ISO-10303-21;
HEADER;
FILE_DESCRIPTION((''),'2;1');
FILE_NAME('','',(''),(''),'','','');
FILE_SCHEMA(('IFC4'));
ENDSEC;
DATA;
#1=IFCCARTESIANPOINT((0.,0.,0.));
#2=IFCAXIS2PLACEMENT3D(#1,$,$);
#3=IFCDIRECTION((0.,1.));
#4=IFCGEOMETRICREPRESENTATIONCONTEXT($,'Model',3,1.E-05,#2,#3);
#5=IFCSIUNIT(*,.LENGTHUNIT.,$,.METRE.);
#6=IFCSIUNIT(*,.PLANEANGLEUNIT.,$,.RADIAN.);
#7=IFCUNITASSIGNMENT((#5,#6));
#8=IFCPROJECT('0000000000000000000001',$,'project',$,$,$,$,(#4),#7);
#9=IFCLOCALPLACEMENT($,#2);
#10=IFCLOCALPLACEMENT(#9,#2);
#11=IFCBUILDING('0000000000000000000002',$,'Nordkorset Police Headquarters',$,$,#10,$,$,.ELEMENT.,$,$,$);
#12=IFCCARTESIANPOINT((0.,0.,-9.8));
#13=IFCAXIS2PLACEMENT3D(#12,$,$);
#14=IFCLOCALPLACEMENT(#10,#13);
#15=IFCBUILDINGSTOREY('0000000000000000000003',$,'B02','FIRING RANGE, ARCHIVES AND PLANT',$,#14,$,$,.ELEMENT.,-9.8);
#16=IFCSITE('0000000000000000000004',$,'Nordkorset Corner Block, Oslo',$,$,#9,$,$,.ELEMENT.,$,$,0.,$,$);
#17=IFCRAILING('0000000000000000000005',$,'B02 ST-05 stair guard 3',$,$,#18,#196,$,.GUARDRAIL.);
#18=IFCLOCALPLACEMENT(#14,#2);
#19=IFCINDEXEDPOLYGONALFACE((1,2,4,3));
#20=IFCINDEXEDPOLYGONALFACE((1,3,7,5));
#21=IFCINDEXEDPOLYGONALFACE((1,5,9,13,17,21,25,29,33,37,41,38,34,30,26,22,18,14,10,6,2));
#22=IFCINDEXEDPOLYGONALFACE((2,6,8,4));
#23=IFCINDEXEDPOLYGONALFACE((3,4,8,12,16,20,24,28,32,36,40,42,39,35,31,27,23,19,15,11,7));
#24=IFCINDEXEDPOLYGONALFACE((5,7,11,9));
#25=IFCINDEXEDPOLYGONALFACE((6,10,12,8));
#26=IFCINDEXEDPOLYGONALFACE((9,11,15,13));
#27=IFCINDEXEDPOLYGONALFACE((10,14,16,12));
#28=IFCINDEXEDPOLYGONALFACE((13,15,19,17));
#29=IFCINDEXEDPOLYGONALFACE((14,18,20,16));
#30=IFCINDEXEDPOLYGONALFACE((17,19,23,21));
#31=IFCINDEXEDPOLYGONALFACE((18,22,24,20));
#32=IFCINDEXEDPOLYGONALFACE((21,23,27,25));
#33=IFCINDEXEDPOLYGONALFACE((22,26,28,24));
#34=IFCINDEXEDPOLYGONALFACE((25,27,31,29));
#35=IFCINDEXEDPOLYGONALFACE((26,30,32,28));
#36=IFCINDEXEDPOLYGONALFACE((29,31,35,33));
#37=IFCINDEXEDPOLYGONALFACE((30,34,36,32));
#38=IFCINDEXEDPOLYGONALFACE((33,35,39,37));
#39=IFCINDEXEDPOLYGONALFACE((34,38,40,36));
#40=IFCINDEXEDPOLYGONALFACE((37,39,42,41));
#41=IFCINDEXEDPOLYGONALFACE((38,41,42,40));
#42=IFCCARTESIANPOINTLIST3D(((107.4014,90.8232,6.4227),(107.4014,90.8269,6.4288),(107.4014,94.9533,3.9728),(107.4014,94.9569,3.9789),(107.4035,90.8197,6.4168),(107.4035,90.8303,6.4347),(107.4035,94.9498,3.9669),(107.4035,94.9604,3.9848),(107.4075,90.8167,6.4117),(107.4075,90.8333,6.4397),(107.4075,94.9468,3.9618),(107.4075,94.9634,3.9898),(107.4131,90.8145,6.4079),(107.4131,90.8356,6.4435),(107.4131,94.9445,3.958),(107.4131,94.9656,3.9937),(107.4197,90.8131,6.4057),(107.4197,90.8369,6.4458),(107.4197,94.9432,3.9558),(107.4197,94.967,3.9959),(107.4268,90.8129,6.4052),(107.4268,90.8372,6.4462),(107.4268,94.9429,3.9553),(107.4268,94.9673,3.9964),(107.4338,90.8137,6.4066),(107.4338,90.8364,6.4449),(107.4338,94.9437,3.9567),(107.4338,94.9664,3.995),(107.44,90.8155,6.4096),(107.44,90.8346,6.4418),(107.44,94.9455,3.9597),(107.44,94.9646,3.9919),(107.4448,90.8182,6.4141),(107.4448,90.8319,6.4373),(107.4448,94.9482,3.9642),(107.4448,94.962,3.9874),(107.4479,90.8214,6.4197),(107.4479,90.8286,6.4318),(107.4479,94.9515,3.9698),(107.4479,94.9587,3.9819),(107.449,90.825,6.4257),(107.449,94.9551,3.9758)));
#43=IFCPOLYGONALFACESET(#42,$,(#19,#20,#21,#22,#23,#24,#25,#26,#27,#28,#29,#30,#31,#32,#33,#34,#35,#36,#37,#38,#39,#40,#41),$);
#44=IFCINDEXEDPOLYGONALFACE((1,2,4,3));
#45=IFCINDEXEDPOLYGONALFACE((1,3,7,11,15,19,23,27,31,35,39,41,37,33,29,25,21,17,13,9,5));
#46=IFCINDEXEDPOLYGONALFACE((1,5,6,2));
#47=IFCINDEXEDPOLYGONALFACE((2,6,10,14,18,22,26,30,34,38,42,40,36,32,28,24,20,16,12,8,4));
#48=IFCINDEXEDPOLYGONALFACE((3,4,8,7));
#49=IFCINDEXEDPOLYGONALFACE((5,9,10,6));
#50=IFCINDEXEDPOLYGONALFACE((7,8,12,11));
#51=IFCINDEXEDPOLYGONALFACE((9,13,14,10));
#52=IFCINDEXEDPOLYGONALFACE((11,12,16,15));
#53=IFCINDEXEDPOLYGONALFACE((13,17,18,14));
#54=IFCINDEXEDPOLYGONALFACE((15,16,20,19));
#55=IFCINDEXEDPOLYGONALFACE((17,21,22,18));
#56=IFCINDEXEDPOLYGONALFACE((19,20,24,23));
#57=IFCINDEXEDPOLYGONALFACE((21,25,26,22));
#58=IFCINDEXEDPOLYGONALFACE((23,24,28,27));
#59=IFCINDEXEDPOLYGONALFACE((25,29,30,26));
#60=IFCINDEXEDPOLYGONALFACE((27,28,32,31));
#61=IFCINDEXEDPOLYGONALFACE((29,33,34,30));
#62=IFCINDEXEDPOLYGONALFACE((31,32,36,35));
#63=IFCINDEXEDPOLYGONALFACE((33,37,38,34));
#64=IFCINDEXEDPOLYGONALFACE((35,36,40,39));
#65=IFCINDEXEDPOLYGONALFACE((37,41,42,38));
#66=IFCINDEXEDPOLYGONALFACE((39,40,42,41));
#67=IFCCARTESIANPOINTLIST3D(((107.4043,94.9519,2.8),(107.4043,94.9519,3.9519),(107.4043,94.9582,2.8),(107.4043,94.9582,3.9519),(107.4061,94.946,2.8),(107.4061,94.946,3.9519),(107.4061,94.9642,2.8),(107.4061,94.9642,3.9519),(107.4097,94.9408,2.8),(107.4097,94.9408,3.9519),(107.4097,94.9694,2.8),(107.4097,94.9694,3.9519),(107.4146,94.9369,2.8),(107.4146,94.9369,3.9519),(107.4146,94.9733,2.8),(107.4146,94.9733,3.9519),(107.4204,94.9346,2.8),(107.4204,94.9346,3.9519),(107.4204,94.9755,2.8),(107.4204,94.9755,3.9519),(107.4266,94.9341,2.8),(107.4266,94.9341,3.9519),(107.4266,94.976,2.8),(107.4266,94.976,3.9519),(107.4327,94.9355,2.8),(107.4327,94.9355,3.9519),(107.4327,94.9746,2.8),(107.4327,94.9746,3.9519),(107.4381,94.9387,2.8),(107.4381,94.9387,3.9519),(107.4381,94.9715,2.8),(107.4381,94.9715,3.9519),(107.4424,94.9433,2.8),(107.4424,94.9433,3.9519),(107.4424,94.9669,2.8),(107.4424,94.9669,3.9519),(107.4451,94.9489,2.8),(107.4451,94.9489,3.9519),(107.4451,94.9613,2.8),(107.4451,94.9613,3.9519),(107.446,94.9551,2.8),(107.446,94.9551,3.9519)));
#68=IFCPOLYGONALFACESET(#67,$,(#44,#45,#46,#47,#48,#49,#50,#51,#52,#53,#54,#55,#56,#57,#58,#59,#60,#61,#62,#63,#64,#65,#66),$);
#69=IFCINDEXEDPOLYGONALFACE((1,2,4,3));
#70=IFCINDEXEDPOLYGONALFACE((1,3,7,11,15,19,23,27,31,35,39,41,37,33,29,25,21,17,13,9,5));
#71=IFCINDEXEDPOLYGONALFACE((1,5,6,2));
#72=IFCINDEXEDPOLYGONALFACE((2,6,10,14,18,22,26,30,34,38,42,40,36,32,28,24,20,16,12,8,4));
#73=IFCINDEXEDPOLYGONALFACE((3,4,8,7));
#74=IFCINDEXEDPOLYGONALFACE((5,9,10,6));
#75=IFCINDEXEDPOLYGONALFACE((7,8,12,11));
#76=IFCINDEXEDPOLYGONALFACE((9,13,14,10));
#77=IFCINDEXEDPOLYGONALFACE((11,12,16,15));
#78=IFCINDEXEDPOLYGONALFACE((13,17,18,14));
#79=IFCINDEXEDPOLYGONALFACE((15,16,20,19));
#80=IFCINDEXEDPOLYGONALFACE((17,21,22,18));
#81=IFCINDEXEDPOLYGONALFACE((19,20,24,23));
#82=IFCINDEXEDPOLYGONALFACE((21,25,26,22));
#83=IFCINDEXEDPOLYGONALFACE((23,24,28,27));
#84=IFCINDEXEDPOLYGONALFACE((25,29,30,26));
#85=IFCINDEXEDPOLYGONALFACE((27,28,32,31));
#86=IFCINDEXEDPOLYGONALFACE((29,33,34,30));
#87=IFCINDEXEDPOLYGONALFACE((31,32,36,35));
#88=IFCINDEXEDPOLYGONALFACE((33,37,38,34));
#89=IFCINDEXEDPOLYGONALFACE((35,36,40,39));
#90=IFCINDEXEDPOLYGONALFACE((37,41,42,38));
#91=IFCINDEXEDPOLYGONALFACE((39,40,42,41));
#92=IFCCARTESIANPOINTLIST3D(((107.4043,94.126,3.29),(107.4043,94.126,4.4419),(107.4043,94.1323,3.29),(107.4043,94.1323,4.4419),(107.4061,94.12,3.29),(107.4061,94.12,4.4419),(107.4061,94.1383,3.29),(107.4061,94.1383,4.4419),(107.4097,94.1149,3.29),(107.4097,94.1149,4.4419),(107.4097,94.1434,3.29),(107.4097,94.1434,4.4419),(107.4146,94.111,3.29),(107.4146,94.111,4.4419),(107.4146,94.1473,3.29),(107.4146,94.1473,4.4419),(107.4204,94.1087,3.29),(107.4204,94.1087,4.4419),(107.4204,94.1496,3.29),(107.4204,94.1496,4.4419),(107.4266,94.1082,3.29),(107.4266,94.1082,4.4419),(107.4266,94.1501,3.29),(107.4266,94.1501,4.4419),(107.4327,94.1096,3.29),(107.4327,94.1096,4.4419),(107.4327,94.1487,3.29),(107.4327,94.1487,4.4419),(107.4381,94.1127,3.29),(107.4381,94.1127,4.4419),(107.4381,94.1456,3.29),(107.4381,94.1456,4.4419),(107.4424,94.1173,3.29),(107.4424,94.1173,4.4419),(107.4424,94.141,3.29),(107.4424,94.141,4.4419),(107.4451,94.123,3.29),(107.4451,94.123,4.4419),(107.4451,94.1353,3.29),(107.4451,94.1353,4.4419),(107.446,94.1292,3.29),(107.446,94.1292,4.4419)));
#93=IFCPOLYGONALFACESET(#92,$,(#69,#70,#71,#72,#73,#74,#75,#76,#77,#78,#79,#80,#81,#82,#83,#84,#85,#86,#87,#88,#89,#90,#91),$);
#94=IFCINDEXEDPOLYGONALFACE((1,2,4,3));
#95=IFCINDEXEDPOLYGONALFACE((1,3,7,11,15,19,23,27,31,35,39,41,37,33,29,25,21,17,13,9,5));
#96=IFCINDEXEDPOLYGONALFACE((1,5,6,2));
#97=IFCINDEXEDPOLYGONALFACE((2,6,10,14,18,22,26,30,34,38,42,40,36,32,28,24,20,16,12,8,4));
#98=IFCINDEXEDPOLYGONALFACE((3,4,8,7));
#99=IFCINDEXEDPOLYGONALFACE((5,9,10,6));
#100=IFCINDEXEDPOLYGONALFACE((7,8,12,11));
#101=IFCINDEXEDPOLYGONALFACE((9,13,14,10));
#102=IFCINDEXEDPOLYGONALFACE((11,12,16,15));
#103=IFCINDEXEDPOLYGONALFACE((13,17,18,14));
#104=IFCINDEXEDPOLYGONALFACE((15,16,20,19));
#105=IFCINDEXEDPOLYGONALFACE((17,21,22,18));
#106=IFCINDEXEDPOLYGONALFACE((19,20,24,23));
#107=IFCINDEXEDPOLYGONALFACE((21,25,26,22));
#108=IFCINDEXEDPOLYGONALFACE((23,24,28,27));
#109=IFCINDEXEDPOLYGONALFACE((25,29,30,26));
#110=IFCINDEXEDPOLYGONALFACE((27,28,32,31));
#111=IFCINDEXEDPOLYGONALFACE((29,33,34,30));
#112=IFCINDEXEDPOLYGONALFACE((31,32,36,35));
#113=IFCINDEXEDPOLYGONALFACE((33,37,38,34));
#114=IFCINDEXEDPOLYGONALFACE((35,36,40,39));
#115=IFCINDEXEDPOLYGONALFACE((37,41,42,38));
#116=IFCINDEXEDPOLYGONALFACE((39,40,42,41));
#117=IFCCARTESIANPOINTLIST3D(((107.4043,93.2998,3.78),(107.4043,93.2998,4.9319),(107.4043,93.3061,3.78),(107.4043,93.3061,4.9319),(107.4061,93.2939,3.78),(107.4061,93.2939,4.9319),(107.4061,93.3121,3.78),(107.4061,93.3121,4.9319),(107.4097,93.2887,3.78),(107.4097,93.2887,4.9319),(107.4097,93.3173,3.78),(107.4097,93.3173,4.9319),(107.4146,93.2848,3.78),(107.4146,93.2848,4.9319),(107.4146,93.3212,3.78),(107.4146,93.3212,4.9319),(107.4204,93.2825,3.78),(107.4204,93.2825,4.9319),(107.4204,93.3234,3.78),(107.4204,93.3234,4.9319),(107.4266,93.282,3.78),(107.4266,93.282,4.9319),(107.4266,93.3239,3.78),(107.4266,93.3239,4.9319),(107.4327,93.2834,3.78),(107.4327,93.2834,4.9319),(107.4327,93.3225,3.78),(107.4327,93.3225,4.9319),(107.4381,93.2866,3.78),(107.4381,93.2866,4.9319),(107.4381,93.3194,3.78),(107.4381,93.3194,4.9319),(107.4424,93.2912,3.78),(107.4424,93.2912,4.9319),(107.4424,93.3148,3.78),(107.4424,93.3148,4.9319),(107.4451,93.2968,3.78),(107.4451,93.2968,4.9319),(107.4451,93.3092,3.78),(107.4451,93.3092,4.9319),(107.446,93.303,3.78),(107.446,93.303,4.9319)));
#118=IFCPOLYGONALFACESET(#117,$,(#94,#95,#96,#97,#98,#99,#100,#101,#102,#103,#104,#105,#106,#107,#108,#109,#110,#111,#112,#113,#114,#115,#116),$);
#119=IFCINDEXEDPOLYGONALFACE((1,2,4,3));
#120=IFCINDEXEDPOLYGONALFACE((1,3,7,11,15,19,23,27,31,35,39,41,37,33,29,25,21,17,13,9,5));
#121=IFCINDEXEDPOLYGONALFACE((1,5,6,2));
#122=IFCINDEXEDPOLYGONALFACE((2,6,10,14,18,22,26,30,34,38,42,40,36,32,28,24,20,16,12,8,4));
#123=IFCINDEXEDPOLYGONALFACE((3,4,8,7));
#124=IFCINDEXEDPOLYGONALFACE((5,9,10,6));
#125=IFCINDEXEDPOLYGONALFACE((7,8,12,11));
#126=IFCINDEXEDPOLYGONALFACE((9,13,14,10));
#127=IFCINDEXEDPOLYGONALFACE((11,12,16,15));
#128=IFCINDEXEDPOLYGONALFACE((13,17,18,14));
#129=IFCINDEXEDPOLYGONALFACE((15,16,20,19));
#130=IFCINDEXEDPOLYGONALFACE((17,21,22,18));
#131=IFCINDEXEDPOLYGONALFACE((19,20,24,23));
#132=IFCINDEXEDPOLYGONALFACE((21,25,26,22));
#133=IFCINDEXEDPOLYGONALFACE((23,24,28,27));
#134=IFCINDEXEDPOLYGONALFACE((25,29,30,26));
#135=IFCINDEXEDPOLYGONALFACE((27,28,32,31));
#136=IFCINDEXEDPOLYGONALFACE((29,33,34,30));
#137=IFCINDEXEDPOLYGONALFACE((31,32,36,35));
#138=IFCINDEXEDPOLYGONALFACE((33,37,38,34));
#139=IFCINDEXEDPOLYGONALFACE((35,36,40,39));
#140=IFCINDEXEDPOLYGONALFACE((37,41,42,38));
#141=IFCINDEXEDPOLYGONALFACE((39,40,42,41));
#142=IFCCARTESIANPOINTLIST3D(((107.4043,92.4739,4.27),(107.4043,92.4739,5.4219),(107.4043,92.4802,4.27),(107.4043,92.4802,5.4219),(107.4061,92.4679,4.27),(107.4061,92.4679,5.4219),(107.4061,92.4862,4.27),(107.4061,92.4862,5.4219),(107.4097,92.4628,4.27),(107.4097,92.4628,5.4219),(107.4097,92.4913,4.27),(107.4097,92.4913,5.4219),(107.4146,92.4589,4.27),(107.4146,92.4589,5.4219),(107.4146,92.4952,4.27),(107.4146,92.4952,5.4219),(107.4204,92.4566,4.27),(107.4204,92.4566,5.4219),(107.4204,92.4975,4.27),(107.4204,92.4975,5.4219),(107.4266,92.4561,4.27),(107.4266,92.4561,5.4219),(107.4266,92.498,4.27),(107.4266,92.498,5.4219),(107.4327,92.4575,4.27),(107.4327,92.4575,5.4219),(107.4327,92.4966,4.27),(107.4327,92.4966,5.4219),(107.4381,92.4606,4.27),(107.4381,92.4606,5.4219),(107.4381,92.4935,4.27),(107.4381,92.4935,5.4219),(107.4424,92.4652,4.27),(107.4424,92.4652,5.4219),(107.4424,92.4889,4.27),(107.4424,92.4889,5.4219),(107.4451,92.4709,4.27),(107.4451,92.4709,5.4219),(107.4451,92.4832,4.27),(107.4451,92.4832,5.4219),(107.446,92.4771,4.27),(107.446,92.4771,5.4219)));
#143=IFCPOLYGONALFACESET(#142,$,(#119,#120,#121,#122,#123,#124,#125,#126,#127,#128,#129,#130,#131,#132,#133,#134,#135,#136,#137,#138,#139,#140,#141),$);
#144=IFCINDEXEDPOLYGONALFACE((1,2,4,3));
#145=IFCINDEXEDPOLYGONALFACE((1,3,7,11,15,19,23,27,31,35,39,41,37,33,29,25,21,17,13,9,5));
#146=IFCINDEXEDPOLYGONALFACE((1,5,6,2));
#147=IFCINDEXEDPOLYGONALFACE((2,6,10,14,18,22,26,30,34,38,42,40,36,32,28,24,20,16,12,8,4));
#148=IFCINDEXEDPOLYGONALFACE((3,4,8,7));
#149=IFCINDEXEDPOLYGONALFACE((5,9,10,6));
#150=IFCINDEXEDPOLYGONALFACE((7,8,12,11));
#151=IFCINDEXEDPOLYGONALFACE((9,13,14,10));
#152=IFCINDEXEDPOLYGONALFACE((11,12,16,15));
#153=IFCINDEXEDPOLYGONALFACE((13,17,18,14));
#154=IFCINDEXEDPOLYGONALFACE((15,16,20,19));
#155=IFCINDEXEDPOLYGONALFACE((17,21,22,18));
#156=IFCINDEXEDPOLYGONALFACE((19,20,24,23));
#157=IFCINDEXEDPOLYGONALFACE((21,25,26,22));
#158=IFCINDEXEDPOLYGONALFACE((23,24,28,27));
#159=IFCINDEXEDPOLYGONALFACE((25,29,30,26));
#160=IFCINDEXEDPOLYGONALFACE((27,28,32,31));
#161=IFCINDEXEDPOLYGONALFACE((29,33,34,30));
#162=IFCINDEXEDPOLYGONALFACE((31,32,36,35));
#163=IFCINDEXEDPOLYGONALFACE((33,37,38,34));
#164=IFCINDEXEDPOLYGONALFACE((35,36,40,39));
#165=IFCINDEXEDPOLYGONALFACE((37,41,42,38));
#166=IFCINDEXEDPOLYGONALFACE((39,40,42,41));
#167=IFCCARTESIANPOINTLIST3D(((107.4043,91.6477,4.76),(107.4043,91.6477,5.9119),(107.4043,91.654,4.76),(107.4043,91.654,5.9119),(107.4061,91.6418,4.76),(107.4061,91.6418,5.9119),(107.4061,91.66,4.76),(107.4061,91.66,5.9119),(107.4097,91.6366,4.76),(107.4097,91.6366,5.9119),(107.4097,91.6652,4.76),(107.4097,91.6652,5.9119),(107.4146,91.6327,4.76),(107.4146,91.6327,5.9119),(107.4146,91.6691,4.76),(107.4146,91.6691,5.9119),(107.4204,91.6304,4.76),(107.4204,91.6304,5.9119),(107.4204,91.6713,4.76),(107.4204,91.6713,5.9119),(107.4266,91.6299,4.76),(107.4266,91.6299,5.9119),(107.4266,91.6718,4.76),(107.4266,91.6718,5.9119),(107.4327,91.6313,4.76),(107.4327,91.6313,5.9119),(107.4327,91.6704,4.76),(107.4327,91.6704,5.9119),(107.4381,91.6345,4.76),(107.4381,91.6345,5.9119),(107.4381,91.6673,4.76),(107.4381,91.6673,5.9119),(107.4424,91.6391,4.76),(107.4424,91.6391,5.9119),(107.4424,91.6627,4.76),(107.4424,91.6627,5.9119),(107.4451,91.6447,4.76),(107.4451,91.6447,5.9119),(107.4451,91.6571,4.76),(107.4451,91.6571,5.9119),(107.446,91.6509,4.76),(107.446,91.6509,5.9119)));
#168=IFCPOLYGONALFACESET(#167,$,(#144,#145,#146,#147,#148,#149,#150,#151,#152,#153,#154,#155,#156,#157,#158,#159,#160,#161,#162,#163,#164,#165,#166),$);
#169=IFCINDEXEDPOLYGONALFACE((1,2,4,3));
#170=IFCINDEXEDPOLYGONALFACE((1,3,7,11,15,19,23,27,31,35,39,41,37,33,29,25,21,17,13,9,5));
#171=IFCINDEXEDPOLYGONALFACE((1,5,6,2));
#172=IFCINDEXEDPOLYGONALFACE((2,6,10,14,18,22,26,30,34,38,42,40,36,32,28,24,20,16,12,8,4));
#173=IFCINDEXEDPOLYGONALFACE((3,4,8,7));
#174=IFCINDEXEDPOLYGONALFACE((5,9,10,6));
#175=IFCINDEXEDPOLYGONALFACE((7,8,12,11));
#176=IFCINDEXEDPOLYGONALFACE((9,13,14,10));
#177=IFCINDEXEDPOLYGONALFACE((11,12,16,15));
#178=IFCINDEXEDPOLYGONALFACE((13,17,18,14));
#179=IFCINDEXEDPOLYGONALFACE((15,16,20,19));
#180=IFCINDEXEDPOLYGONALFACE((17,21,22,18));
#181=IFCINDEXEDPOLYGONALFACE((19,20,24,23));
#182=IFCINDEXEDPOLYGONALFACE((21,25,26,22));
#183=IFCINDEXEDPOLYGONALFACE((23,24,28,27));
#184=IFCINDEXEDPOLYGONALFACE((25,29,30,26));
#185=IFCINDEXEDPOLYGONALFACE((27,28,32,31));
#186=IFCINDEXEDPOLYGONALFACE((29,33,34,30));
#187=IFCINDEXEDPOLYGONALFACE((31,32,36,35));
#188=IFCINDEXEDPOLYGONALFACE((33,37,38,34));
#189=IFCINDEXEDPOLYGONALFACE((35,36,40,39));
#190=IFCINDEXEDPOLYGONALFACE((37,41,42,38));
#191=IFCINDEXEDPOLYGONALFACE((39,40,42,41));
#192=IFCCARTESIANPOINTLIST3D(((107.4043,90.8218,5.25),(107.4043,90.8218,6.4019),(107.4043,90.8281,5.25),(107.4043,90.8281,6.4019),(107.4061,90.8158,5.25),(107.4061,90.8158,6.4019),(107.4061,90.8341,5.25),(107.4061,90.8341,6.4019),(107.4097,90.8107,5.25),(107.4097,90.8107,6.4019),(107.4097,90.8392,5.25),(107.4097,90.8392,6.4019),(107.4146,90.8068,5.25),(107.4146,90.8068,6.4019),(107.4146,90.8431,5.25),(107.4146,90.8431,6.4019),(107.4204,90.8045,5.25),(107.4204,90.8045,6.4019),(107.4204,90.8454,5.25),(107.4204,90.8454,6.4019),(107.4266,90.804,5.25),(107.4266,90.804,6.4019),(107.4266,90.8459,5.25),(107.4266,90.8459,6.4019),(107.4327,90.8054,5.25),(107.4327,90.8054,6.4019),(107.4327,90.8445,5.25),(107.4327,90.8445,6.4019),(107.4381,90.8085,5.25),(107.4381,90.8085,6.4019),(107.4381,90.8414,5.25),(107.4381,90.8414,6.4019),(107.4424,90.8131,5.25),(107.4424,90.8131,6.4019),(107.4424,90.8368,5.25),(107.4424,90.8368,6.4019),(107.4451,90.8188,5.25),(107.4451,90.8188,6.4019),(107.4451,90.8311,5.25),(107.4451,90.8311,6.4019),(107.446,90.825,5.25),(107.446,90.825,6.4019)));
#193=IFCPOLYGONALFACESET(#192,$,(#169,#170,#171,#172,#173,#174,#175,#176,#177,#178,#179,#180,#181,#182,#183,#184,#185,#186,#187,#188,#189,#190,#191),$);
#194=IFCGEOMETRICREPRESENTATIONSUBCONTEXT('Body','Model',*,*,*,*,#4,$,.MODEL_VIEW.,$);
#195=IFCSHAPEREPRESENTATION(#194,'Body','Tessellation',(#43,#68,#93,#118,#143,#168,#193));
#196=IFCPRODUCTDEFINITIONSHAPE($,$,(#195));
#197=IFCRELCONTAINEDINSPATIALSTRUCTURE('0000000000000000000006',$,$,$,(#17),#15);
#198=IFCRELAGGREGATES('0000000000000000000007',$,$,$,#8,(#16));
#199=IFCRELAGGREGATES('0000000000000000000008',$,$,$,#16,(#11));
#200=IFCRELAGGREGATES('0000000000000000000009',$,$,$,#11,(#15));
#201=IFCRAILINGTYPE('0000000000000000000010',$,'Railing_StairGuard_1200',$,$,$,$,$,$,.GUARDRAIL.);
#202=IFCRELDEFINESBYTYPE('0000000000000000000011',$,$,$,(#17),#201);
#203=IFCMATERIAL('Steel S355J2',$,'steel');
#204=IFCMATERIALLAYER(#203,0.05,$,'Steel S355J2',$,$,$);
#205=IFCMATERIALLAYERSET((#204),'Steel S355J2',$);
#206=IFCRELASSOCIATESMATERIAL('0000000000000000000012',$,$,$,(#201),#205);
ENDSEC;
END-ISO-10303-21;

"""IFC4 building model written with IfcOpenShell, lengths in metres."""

from ifc_helpers import new_model, si_unit, direction, frame, origin, origin_2d, place, context, subcontext, project, spatial, circle, extrude, material, layer, layer_set, type_object, element, save


model = new_model("IFC4")

# Units and contexts
model_context = context("Model", 3, precision=1e-05, world=origin(), true_north=direction((0.0, 1.0)))
body_context = subcontext(model_context, "Body", "Model", "MODEL_VIEW")
ifc_project = project(units=[si_unit("LENGTHUNIT", "METRE"), si_unit("PLANEANGLEUNIT", "RADIAN")], contexts=[model_context])

# Site, building, storey
site_placement = place(None, origin())
site = spatial("IfcSite", under=ifc_project, at=site_placement, Name="Nordkorset Corner Block, Oslo", CompositionType="ELEMENT", RefElevation=0.0)
building_placement = place(site_placement, origin())
building = spatial("IfcBuilding", under=site, at=building_placement, Name="Nordkorset Police Headquarters", CompositionType="ELEMENT")
storey_placement = place(building_placement, frame((0.0, 0.0, -9.8)))
storey = spatial("IfcBuildingStorey", under=building, at=storey_placement, Name="B02", Description="FIRING RANGE, ARCHIVES AND PLANT", CompositionType="ELEMENT", Elevation=-9.8)

# Railing
ifc_material_1 = material(Name="Steel S355J2", Category="steel")
ifc_layer_1 = layer(ifc_material_1, 0.05, Name="Steel S355J2")
ifc_layer_set_1 = layer_set([ifc_layer_1], Name="Steel S355J2")
railing_type_1 = type_object("IfcRailingType", Name="Railing_StairGuard_1200", PredefinedType="GUARDRAIL", material=ifc_layer_set_1)
railing_1_placement = place(storey_placement, frame((107.425, 94.9551, 2.8)))
element("IfcRailing", 1, at=railing_1_placement, inside=storey, type_object=railing_type_1, Name="B02 ST-05 stair guard 3", PredefinedType="GUARDRAIL", context=body_context, shape_type="SweptSolid", body=[
    extrude(circle(Radius=0.0239, at=origin_2d()), frame((0.0, 0.0, 1.1758), z_axis=(0.0, -0.860066, 0.510183), x_axis=(1.0, 0.0, 0.0)), (0.0, 0.0, 1.0), 4.802),
    extrude(circle(Radius=0.021, at=origin_2d()), origin(), (0.0, 0.0, 1.0), 1.1519),
    extrude(circle(Radius=0.021, at=origin_2d()), frame((0.0, -0.8259, 0.49)), (0.0, 0.0, 1.0), 1.1519),
    extrude(circle(Radius=0.021, at=origin_2d()), frame((0.0, -1.6521, 0.98)), (0.0, 0.0, 1.0), 1.1519),
    extrude(circle(Radius=0.021, at=origin_2d()), frame((0.0, -2.478, 1.47)), (0.0, 0.0, 1.0), 1.1519),
    extrude(circle(Radius=0.021, at=origin_2d()), frame((0.0, -3.3042, 1.96)), (0.0, 0.0, 1.0), 1.1519),
    extrude(circle(Radius=0.021, at=origin_2d()), frame((0.0, -4.1301, 2.45)), (0.0, 0.0, 1.0), 1.1519),
])

save(model, "model.ifc")
